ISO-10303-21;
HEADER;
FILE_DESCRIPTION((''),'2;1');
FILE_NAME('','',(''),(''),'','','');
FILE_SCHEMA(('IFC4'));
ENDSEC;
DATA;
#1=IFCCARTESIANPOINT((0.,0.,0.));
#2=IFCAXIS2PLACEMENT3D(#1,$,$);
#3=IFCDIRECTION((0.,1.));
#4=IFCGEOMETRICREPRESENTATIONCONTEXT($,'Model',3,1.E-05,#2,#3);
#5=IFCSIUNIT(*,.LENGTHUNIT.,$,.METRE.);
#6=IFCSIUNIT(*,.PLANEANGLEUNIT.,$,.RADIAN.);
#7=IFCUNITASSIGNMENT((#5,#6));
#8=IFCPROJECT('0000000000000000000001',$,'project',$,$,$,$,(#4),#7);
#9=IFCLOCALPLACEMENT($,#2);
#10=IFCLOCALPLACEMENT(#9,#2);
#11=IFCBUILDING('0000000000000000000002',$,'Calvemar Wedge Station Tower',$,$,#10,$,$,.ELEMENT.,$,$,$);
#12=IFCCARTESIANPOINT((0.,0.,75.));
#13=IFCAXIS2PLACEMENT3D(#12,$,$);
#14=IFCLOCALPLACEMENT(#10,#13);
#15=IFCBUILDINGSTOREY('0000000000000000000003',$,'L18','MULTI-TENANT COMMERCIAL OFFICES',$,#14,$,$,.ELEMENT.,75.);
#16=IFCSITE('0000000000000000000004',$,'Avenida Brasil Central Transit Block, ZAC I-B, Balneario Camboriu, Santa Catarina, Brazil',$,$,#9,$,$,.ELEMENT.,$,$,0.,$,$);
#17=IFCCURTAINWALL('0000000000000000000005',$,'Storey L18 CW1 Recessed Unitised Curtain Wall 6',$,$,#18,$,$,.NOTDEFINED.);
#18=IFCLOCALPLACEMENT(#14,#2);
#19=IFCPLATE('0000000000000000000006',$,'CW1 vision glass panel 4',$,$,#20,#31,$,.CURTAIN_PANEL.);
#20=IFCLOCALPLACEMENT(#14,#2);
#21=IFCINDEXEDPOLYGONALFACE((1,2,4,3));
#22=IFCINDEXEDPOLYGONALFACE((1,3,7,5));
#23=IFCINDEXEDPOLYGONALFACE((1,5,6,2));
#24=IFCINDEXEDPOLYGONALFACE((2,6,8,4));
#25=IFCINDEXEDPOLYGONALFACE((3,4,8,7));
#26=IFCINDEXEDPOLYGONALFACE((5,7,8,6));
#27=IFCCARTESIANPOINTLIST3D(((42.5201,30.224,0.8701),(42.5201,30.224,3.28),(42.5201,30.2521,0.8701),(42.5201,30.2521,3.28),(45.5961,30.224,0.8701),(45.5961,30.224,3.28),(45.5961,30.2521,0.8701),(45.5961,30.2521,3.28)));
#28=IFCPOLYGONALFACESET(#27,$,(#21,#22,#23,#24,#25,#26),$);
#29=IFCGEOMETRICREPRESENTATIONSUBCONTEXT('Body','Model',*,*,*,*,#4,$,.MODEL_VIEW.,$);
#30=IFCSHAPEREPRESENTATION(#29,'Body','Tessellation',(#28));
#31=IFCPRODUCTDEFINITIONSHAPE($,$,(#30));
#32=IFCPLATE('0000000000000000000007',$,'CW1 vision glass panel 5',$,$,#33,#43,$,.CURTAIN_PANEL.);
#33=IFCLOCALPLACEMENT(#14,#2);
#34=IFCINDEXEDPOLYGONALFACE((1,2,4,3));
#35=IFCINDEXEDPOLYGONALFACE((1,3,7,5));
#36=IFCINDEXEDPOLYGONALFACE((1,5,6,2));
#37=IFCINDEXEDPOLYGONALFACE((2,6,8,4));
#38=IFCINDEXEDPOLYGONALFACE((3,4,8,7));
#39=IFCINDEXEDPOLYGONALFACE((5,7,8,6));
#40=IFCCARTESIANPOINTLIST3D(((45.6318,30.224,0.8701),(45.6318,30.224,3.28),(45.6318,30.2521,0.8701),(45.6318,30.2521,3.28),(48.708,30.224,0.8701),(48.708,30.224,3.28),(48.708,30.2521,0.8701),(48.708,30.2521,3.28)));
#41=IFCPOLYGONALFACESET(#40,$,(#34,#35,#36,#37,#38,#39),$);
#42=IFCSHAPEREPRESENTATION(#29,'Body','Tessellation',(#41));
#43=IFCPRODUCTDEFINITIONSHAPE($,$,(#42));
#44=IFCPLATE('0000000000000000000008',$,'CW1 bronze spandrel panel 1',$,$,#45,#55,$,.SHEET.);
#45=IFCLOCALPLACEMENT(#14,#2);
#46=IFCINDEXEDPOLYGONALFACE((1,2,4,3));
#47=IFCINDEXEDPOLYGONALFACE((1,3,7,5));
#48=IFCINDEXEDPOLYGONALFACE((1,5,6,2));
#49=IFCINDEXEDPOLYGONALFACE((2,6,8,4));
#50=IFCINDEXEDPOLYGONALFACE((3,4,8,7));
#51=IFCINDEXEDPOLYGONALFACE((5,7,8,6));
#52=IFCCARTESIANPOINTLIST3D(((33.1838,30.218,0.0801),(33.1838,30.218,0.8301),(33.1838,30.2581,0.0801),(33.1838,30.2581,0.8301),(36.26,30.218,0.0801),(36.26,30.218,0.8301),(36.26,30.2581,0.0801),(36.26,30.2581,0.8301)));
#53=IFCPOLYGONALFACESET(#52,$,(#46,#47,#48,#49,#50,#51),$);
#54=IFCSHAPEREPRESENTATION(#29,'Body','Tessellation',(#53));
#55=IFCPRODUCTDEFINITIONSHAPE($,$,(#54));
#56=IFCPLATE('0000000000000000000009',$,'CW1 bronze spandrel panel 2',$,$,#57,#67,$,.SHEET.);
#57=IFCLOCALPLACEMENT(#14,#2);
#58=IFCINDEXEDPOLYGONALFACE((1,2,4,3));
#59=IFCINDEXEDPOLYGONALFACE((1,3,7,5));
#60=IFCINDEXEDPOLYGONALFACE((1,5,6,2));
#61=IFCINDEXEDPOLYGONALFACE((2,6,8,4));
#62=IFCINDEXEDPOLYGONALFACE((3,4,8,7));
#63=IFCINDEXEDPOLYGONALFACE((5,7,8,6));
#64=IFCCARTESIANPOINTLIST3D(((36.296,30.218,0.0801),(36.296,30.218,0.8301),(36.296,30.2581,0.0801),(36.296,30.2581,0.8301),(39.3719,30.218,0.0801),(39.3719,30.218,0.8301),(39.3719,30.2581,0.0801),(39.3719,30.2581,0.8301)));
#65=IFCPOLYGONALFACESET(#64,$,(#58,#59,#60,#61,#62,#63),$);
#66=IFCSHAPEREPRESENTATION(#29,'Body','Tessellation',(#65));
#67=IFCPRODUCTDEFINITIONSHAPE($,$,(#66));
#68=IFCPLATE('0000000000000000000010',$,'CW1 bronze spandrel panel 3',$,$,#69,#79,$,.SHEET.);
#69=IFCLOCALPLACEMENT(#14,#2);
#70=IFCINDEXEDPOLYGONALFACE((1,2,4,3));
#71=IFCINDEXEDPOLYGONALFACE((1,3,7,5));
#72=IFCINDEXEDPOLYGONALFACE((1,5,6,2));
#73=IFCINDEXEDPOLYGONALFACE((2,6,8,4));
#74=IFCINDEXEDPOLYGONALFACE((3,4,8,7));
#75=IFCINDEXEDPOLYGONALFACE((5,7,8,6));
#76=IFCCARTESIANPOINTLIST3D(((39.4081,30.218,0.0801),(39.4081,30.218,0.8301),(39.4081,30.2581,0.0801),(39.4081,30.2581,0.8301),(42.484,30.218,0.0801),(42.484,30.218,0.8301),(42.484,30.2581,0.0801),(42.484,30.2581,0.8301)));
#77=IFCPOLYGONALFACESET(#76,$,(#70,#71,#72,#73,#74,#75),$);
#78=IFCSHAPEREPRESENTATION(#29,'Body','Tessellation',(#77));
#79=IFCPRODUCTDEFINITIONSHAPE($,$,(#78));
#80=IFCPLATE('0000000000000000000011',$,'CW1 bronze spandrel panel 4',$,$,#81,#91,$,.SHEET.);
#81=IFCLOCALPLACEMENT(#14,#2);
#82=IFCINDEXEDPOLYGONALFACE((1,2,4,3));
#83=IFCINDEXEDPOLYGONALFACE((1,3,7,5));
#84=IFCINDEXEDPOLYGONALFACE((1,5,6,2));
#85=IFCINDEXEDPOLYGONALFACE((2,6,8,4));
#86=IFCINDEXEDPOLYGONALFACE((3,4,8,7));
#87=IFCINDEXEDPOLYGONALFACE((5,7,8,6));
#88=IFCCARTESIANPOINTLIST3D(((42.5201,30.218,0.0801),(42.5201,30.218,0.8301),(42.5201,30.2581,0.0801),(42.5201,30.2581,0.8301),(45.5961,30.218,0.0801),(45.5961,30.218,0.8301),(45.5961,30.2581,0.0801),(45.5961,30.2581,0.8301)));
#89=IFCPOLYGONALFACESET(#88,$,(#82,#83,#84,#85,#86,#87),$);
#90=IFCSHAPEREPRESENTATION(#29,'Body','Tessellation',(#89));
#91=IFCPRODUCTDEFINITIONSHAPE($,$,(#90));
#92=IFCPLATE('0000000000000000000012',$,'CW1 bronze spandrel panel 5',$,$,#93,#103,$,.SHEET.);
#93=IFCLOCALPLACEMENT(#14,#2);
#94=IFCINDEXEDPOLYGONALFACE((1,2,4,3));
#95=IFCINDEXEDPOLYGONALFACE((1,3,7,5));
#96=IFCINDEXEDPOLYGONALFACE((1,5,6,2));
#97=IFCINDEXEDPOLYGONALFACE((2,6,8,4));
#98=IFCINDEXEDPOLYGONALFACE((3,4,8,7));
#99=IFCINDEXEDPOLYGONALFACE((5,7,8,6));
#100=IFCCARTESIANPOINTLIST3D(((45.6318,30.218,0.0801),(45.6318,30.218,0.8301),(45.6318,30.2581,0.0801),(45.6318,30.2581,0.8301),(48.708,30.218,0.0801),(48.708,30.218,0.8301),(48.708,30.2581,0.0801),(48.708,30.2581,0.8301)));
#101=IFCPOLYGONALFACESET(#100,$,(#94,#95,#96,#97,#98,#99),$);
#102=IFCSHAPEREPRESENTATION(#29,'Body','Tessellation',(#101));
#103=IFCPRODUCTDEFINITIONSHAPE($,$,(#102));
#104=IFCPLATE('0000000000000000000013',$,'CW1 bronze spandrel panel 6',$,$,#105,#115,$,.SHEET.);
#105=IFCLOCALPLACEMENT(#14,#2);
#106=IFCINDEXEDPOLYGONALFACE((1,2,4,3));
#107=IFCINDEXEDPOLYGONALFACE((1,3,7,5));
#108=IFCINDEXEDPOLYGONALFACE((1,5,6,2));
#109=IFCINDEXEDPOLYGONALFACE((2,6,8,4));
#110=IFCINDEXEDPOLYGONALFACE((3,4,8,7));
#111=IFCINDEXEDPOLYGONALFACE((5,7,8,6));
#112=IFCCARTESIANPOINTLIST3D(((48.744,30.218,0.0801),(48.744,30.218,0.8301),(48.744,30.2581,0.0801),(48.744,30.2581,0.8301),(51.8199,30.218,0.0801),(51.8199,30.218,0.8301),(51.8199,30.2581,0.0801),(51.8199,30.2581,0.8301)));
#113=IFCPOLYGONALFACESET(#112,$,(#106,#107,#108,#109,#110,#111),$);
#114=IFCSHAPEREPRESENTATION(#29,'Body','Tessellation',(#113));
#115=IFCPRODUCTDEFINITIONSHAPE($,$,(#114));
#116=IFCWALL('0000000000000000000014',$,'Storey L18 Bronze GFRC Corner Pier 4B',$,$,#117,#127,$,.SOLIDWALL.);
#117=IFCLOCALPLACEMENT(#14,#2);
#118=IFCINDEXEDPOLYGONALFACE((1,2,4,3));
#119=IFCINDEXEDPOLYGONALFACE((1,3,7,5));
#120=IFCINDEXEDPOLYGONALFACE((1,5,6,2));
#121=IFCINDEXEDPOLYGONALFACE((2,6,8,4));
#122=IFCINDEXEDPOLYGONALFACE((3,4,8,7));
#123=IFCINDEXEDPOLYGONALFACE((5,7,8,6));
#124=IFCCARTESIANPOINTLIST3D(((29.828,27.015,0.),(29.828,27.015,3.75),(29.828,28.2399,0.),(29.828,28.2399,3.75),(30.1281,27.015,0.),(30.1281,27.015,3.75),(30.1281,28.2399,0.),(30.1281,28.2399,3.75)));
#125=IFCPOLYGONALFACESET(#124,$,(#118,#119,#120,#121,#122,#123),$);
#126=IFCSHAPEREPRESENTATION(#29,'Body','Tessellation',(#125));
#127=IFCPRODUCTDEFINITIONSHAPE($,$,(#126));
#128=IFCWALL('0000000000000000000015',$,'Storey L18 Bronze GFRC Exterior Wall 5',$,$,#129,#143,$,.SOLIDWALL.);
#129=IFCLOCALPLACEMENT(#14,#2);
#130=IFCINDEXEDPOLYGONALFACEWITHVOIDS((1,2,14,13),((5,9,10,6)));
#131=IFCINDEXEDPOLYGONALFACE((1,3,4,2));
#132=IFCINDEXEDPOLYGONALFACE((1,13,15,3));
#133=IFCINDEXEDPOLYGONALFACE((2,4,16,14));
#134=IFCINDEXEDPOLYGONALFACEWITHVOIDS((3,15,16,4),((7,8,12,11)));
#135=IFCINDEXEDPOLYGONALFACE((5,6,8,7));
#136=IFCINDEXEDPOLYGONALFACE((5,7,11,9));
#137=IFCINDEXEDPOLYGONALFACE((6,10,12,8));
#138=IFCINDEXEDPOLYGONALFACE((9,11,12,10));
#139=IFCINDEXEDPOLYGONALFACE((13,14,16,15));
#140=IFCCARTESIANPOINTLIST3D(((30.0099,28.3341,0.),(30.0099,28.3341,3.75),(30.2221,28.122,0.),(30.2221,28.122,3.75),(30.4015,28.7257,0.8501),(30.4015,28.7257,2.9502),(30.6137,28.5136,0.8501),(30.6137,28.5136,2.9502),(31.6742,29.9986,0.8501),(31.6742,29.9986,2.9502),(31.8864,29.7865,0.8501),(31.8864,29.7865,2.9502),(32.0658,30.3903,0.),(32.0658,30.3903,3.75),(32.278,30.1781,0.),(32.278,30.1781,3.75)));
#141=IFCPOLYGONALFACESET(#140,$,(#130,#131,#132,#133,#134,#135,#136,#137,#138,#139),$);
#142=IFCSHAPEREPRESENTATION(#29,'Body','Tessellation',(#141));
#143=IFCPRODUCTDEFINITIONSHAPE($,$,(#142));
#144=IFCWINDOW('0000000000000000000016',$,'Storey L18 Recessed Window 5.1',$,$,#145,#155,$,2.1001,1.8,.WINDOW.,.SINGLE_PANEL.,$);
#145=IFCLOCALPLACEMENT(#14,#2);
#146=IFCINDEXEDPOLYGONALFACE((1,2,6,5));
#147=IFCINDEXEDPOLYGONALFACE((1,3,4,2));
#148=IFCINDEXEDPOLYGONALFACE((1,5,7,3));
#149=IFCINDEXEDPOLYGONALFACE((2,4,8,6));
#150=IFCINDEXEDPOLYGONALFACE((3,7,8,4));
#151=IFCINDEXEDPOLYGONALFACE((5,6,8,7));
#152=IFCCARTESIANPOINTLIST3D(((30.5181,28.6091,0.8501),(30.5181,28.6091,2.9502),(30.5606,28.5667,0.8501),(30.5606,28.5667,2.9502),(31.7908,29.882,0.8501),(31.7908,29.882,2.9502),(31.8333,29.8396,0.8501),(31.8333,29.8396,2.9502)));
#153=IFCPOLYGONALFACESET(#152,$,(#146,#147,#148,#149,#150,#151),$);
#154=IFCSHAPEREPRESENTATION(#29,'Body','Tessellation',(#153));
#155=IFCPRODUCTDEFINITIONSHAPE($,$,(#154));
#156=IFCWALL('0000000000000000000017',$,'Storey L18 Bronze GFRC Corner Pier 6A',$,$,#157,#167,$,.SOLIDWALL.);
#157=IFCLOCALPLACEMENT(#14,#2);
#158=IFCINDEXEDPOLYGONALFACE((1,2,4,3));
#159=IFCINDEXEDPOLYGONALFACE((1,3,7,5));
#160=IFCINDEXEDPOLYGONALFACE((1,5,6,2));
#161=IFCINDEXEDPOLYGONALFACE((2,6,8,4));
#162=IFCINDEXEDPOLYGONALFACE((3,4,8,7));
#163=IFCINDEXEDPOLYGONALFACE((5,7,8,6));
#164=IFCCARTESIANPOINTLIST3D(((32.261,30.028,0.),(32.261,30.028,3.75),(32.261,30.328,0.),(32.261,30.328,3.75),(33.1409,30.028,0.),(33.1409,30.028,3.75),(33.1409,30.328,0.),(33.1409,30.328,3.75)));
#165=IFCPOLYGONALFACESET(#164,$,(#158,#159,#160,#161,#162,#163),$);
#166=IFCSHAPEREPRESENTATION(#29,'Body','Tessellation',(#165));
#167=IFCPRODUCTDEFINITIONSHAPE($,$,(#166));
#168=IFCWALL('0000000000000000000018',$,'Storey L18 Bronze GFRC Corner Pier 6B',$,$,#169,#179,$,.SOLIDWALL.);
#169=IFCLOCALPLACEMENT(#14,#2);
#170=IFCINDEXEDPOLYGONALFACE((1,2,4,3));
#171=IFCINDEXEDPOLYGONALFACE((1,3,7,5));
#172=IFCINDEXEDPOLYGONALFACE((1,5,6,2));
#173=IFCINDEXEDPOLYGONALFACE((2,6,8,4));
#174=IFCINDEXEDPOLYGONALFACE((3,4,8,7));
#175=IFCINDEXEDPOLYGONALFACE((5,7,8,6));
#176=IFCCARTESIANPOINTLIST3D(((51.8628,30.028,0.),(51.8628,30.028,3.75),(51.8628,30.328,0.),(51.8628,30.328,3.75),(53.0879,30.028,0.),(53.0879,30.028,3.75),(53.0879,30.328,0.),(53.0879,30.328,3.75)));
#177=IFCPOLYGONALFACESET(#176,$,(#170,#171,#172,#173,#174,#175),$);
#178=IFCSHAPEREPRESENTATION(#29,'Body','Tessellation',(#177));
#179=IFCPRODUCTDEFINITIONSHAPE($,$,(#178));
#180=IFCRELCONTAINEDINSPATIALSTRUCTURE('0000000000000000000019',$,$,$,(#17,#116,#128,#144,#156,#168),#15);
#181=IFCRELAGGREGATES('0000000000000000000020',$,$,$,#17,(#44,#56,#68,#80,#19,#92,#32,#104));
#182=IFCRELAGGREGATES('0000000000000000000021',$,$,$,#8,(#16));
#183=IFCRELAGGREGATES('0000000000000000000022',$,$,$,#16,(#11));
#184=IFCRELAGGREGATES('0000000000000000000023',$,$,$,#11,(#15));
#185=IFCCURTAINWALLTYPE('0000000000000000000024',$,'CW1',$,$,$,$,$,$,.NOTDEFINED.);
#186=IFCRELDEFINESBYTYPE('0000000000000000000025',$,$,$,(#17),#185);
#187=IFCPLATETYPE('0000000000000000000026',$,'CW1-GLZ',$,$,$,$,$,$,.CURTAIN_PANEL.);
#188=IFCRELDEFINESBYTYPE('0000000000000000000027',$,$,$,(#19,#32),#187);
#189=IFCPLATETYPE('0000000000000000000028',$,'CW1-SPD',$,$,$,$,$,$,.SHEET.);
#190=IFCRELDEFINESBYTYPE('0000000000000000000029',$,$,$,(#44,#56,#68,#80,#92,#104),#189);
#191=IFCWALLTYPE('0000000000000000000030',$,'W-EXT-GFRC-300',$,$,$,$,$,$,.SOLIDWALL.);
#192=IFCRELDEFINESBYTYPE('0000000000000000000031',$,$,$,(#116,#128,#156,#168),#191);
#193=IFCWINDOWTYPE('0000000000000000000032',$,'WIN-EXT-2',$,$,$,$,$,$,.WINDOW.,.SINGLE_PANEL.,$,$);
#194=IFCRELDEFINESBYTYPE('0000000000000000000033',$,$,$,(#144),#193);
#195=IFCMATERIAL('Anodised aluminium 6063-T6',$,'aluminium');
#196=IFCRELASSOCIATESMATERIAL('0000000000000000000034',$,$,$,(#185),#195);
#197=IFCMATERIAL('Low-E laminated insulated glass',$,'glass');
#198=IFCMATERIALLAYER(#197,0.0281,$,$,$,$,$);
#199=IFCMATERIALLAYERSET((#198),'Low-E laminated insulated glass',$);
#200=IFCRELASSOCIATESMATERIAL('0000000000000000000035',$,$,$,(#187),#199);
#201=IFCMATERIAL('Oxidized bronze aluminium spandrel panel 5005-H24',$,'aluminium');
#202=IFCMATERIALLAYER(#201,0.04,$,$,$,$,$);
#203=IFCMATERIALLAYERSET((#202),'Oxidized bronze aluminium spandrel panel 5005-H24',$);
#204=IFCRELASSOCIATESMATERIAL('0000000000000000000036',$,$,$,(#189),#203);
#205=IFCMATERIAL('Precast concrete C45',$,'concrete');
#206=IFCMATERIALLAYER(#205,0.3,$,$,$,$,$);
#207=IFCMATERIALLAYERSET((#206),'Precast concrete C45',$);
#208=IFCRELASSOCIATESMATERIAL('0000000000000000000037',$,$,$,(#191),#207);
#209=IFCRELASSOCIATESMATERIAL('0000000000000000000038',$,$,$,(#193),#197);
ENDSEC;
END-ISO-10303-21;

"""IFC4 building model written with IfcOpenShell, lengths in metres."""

from ifc_helpers import new_model, si_unit, direction, frame, frame_2d, origin, place, context, subcontext, project, spatial, rectangle, extrude, source, transform, mapped, material, layer, layer_set, type_object, element, fill, aggregate, save


model = new_model("IFC4")

# Units and contexts
model_context = context("Model", 3, precision=1e-05, world=origin(), true_north=direction((0.0, 1.0)))
body_context = subcontext(model_context, "Body", "Model", "MODEL_VIEW")
ifc_project = project(units=[si_unit("LENGTHUNIT", "METRE"), si_unit("PLANEANGLEUNIT", "RADIAN")], contexts=[model_context])

# Site, building, storey
site_placement = place(None, origin())
site = spatial("IfcSite", under=ifc_project, at=site_placement, Name="Avenida Brasil Central Transit Block, ZAC I-B, Balneario Camboriu, Santa Catarina, Brazil", CompositionType="ELEMENT", RefElevation=0.0)
building_placement = place(site_placement, origin())
building = spatial("IfcBuilding", under=site, at=building_placement, Name="Calvemar Wedge Station Tower", CompositionType="ELEMENT")
storey_placement = place(building_placement, frame((0.0, 0.0, 75.0)))
storey = spatial("IfcBuildingStorey", under=building, at=storey_placement, Name="L18", Description="MULTI-TENANT COMMERCIAL OFFICES", CompositionType="ELEMENT", Elevation=75.0)

# Shared definitions
ifc_material_1 = material(Name="Anodised aluminium 6063-T6", Category="aluminium")
curtain_wall_type = type_object("IfcCurtainWallType", Name="CW1", PredefinedType="NOTDEFINED", material=ifc_material_1)

# Curtain wall, plates
curtain_wall_1_placement = place(storey_placement, origin())
curtain_wall_1 = element("IfcCurtainWall", 1, at=curtain_wall_1_placement, inside=storey, type_object=curtain_wall_type, Name="Storey L18 CW1 Recessed Unitised Curtain Wall 6", PredefinedType="NOTDEFINED")
ifc_material_2 = material(Name="Low-E laminated insulated glass", Category="glass")
ifc_layer_1 = layer(ifc_material_2, 0.0281)
ifc_layer_set_1 = layer_set([ifc_layer_1], Name="Low-E laminated insulated glass")
plate_type_1 = type_object("IfcPlateType", Name="CW1-GLZ", PredefinedType="CURTAIN_PANEL", material=ifc_layer_set_1)
plate_1_placement = place(storey_placement, frame((42.52, 30.238, 0.8701), z_axis=(0.0, 0.0, 1.0), x_axis=(1.0, 0.0, 0.0)))
plate_1 = element("IfcPlate", 2, at=plate_1_placement, type_object=plate_type_1, Name="CW1 vision glass panel 4", PredefinedType="CURTAIN_PANEL", context=body_context, shape_type="SweptSolid", body=[
    extrude(rectangle(XDim=3.0759, YDim=0.0281, at=frame_2d((1.5381, 0.0))), origin(), (0.0, 0.0, 1.0), 2.4099),
])
plate_2_placement = place(storey_placement, frame((45.6318, 30.238, 0.8701), z_axis=(0.0, 0.0, 1.0), x_axis=(1.0, 0.0, 0.0)))
plate_2 = element("IfcPlate", 3, at=plate_2_placement, type_object=plate_type_1, Name="CW1 vision glass panel 5", PredefinedType="CURTAIN_PANEL", context=body_context, shape_type="SweptSolid", body=[
    extrude(rectangle(XDim=3.0762, YDim=0.0281, at=frame_2d((1.5381, 0.0))), origin(), (0.0, 0.0, 1.0), 2.4099),
])
ifc_material_3 = material(Name="Oxidized bronze aluminium spandrel panel 5005-H24", Category="aluminium")
ifc_layer_2 = layer(ifc_material_3, 0.04)
ifc_layer_set_2 = layer_set([ifc_layer_2], Name="Oxidized bronze aluminium spandrel panel 5005-H24")
plate_type_2 = type_object("IfcPlateType", Name="CW1-SPD", PredefinedType="SHEET", material=ifc_layer_set_2)
plate_3_placement = place(storey_placement, frame((33.1838, 30.238, 0.0801), z_axis=(0.0, 0.0, 1.0), x_axis=(1.0, 0.0, 0.0)))
plate_3 = element("IfcPlate", 4, at=plate_3_placement, type_object=plate_type_2, Name="CW1 bronze spandrel panel 1", PredefinedType="SHEET", context=body_context, shape_type="SweptSolid", body=[
    extrude(rectangle(XDim=3.0762, YDim=0.04, at=frame_2d((1.5381, 0.0))), origin(), (0.0, 0.0, 1.0), 0.75),
])
plate_4_placement = place(storey_placement, frame((36.2959, 30.238, 0.0801), z_axis=(0.0, 0.0, 1.0), x_axis=(1.0, 0.0, 0.0)))
plate_4 = element("IfcPlate", 5, at=plate_4_placement, type_object=plate_type_2, Name="CW1 bronze spandrel panel 2", PredefinedType="SHEET", context=body_context, shape_type="SweptSolid", body=[
    extrude(rectangle(XDim=3.0759, YDim=0.04, at=frame_2d((1.5381, 0.0))), origin(), (0.0, 0.0, 1.0), 0.75),
])
plate_5_placement = place(storey_placement, frame((39.408, 30.238, 0.0801), z_axis=(0.0, 0.0, 1.0), x_axis=(1.0, 0.0, 0.0)))
plate_5 = element("IfcPlate", 6, at=plate_5_placement, type_object=plate_type_2, Name="CW1 bronze spandrel panel 3", PredefinedType="SHEET", context=body_context, shape_type="SweptSolid", body=[
    extrude(rectangle(XDim=3.0759, YDim=0.04, at=frame_2d((1.5381, 0.0))), origin(), (0.0, 0.0, 1.0), 0.75),
])
plate_6_placement = place(storey_placement, frame((42.52, 30.238, 0.0801), z_axis=(0.0, 0.0, 1.0), x_axis=(1.0, 0.0, 0.0)))
plate_6 = element("IfcPlate", 7, at=plate_6_placement, type_object=plate_type_2, Name="CW1 bronze spandrel panel 4", PredefinedType="SHEET", context=body_context, shape_type="SweptSolid", body=[
    extrude(rectangle(XDim=3.0759, YDim=0.04, at=frame_2d((1.5381, 0.0))), origin(), (0.0, 0.0, 1.0), 0.75),
])
plate_7_placement = place(storey_placement, frame((45.6318, 30.238, 0.0801), z_axis=(0.0, 0.0, 1.0), x_axis=(1.0, 0.0, 0.0)))
plate_7 = element("IfcPlate", 8, at=plate_7_placement, type_object=plate_type_2, Name="CW1 bronze spandrel panel 5", PredefinedType="SHEET", context=body_context, shape_type="SweptSolid", body=[
    extrude(rectangle(XDim=3.0762, YDim=0.04, at=frame_2d((1.5381, 0.0))), origin(), (0.0, 0.0, 1.0), 0.75),
])
plate_8_placement = place(storey_placement, frame((48.7439, 30.238, 0.0801), z_axis=(0.0, 0.0, 1.0), x_axis=(1.0, 0.0, 0.0)))
plate_8 = element("IfcPlate", 9, at=plate_8_placement, type_object=plate_type_2, Name="CW1 bronze spandrel panel 6", PredefinedType="SHEET", context=body_context, shape_type="SweptSolid", body=[
    extrude(rectangle(XDim=3.0759, YDim=0.04, at=frame_2d((1.5381, 0.0))), origin(), (0.0, 0.0, 1.0), 0.75),
])
aggregate(curtain_wall_1, [plate_3, plate_4, plate_5, plate_6, plate_1, plate_7, plate_2, plate_8])

# Wall
ifc_material_4 = material(Name="Precast concrete C45", Category="concrete")
ifc_layer_3 = layer(ifc_material_4, 0.3)
ifc_layer_set_3 = layer_set([ifc_layer_3], Name="Precast concrete C45")
wall_type = type_object("IfcWallType", Name="W-EXT-GFRC-300", PredefinedType="SOLIDWALL", material=ifc_layer_set_3)
wall_1_placement = place(storey_placement, frame((29.978, 27.0151, 0.0), z_axis=(0.0, 0.0, 1.0), x_axis=(0.0, 1.0, 0.0)))
element("IfcWall", 10, at=wall_1_placement, inside=storey, type_object=wall_type, Name="Storey L18 Bronze GFRC Corner Pier 4B", PredefinedType="SOLIDWALL", context=body_context, shape_type="SweptSolid", body=[
    extrude(rectangle(XDim=1.2249, YDim=0.3, at=frame_2d((0.6123, 0.0))), origin(), (0.0, 0.0, 1.0), 3.75),
])

# Wall, opening, window
wall_2_placement = place(storey_placement, frame((30.116, 28.228, 0.0), z_axis=(0.0, 0.0, 1.0), x_axis=(0.707065, 0.707149, 0.0)))
wall_2 = element("IfcWall", 11, at=wall_2_placement, inside=storey, type_object=wall_type, Name="Storey L18 Bronze GFRC Exterior Wall 5", PredefinedType="SOLIDWALL", context=body_context, shape_type="SweptSolid", body=[
    extrude(rectangle(XDim=2.9077, YDim=0.3, at=frame_2d((1.4539, 0.0))), origin(), (0.0, 0.0, 1.0), 3.75),
])
shared_shape_1 = source(origin(), body_context, "Body", "SweptSolid", [
    extrude(rectangle(XDim=1.8, YDim=2.1001, at=frame_2d((0.8999, 1.05))), frame((0.0, 0.1602, 0.0), z_axis=(0.0, -1.0, 0.0), x_axis=(1.0, 0.0, 0.0)), (0.0, 0.0, 1.0), 0.3201),
])
opening_placement = place(wall_2_placement, frame((0.554, 0.0, 0.8501)))
opening = element("IfcOpeningElement", 12, at=opening_placement, cuts=wall_2, PredefinedType="OPENING", context=body_context, shape_type="MappedRepresentation", body=[
    mapped(shared_shape_1, transform((0.0, 0.0, 0.0), scale=1.0)),
])
window_type = type_object("IfcWindowType", Name="WIN-EXT-2", PartitioningType="SINGLE_PANEL", PredefinedType="WINDOW", material=ifc_material_2)
shared_shape_2 = source(origin(), body_context, "Body", "SweptSolid", [
    extrude(rectangle(XDim=1.8, YDim=2.1001, at=frame_2d((0.8999, 1.05))), frame((0.0, -0.0149, 0.0), z_axis=(0.0, -1.0, 0.0), x_axis=(1.0, 0.0, 0.0)), (0.0, 0.0, 1.0), 0.0601),
])
window_placement = place(opening_placement, origin())
window = element("IfcWindow", 13, at=window_placement, inside=storey, type_object=window_type, Name="Storey L18 Recessed Window 5.1", OverallHeight=2.1001, OverallWidth=1.8, PartitioningType="SINGLE_PANEL", PredefinedType="WINDOW", context=body_context, shape_type="MappedRepresentation", body=[
    mapped(shared_shape_2, transform((0.0, 0.0, 0.0), scale=1.0)),
])
fill(opening, window)

# Walls
wall_3_placement = place(storey_placement, frame((32.261, 30.178, 0.0), z_axis=(0.0, 0.0, 1.0), x_axis=(1.0, 0.0, 0.0)))
element("IfcWall", 14, at=wall_3_placement, inside=storey, type_object=wall_type, Name="Storey L18 Bronze GFRC Corner Pier 6A", PredefinedType="SOLIDWALL", context=body_context, shape_type="SweptSolid", body=[
    extrude(rectangle(XDim=0.8799, YDim=0.3, at=frame_2d((0.4399, 0.0))), origin(), (0.0, 0.0, 1.0), 3.75),
])
wall_4_placement = place(storey_placement, frame((51.8628, 30.178, 0.0), z_axis=(0.0, 0.0, 1.0), x_axis=(1.0, 0.0, 0.0)))
element("IfcWall", 15, at=wall_4_placement, inside=storey, type_object=wall_type, Name="Storey L18 Bronze GFRC Corner Pier 6B", PredefinedType="SOLIDWALL", context=body_context, shape_type="SweptSolid", body=[
    extrude(rectangle(XDim=1.2251, YDim=0.3, at=frame_2d((0.6125, 0.0))), origin(), (0.0, 0.0, 1.0), 3.75),
])

save(model, "model.ifc")
